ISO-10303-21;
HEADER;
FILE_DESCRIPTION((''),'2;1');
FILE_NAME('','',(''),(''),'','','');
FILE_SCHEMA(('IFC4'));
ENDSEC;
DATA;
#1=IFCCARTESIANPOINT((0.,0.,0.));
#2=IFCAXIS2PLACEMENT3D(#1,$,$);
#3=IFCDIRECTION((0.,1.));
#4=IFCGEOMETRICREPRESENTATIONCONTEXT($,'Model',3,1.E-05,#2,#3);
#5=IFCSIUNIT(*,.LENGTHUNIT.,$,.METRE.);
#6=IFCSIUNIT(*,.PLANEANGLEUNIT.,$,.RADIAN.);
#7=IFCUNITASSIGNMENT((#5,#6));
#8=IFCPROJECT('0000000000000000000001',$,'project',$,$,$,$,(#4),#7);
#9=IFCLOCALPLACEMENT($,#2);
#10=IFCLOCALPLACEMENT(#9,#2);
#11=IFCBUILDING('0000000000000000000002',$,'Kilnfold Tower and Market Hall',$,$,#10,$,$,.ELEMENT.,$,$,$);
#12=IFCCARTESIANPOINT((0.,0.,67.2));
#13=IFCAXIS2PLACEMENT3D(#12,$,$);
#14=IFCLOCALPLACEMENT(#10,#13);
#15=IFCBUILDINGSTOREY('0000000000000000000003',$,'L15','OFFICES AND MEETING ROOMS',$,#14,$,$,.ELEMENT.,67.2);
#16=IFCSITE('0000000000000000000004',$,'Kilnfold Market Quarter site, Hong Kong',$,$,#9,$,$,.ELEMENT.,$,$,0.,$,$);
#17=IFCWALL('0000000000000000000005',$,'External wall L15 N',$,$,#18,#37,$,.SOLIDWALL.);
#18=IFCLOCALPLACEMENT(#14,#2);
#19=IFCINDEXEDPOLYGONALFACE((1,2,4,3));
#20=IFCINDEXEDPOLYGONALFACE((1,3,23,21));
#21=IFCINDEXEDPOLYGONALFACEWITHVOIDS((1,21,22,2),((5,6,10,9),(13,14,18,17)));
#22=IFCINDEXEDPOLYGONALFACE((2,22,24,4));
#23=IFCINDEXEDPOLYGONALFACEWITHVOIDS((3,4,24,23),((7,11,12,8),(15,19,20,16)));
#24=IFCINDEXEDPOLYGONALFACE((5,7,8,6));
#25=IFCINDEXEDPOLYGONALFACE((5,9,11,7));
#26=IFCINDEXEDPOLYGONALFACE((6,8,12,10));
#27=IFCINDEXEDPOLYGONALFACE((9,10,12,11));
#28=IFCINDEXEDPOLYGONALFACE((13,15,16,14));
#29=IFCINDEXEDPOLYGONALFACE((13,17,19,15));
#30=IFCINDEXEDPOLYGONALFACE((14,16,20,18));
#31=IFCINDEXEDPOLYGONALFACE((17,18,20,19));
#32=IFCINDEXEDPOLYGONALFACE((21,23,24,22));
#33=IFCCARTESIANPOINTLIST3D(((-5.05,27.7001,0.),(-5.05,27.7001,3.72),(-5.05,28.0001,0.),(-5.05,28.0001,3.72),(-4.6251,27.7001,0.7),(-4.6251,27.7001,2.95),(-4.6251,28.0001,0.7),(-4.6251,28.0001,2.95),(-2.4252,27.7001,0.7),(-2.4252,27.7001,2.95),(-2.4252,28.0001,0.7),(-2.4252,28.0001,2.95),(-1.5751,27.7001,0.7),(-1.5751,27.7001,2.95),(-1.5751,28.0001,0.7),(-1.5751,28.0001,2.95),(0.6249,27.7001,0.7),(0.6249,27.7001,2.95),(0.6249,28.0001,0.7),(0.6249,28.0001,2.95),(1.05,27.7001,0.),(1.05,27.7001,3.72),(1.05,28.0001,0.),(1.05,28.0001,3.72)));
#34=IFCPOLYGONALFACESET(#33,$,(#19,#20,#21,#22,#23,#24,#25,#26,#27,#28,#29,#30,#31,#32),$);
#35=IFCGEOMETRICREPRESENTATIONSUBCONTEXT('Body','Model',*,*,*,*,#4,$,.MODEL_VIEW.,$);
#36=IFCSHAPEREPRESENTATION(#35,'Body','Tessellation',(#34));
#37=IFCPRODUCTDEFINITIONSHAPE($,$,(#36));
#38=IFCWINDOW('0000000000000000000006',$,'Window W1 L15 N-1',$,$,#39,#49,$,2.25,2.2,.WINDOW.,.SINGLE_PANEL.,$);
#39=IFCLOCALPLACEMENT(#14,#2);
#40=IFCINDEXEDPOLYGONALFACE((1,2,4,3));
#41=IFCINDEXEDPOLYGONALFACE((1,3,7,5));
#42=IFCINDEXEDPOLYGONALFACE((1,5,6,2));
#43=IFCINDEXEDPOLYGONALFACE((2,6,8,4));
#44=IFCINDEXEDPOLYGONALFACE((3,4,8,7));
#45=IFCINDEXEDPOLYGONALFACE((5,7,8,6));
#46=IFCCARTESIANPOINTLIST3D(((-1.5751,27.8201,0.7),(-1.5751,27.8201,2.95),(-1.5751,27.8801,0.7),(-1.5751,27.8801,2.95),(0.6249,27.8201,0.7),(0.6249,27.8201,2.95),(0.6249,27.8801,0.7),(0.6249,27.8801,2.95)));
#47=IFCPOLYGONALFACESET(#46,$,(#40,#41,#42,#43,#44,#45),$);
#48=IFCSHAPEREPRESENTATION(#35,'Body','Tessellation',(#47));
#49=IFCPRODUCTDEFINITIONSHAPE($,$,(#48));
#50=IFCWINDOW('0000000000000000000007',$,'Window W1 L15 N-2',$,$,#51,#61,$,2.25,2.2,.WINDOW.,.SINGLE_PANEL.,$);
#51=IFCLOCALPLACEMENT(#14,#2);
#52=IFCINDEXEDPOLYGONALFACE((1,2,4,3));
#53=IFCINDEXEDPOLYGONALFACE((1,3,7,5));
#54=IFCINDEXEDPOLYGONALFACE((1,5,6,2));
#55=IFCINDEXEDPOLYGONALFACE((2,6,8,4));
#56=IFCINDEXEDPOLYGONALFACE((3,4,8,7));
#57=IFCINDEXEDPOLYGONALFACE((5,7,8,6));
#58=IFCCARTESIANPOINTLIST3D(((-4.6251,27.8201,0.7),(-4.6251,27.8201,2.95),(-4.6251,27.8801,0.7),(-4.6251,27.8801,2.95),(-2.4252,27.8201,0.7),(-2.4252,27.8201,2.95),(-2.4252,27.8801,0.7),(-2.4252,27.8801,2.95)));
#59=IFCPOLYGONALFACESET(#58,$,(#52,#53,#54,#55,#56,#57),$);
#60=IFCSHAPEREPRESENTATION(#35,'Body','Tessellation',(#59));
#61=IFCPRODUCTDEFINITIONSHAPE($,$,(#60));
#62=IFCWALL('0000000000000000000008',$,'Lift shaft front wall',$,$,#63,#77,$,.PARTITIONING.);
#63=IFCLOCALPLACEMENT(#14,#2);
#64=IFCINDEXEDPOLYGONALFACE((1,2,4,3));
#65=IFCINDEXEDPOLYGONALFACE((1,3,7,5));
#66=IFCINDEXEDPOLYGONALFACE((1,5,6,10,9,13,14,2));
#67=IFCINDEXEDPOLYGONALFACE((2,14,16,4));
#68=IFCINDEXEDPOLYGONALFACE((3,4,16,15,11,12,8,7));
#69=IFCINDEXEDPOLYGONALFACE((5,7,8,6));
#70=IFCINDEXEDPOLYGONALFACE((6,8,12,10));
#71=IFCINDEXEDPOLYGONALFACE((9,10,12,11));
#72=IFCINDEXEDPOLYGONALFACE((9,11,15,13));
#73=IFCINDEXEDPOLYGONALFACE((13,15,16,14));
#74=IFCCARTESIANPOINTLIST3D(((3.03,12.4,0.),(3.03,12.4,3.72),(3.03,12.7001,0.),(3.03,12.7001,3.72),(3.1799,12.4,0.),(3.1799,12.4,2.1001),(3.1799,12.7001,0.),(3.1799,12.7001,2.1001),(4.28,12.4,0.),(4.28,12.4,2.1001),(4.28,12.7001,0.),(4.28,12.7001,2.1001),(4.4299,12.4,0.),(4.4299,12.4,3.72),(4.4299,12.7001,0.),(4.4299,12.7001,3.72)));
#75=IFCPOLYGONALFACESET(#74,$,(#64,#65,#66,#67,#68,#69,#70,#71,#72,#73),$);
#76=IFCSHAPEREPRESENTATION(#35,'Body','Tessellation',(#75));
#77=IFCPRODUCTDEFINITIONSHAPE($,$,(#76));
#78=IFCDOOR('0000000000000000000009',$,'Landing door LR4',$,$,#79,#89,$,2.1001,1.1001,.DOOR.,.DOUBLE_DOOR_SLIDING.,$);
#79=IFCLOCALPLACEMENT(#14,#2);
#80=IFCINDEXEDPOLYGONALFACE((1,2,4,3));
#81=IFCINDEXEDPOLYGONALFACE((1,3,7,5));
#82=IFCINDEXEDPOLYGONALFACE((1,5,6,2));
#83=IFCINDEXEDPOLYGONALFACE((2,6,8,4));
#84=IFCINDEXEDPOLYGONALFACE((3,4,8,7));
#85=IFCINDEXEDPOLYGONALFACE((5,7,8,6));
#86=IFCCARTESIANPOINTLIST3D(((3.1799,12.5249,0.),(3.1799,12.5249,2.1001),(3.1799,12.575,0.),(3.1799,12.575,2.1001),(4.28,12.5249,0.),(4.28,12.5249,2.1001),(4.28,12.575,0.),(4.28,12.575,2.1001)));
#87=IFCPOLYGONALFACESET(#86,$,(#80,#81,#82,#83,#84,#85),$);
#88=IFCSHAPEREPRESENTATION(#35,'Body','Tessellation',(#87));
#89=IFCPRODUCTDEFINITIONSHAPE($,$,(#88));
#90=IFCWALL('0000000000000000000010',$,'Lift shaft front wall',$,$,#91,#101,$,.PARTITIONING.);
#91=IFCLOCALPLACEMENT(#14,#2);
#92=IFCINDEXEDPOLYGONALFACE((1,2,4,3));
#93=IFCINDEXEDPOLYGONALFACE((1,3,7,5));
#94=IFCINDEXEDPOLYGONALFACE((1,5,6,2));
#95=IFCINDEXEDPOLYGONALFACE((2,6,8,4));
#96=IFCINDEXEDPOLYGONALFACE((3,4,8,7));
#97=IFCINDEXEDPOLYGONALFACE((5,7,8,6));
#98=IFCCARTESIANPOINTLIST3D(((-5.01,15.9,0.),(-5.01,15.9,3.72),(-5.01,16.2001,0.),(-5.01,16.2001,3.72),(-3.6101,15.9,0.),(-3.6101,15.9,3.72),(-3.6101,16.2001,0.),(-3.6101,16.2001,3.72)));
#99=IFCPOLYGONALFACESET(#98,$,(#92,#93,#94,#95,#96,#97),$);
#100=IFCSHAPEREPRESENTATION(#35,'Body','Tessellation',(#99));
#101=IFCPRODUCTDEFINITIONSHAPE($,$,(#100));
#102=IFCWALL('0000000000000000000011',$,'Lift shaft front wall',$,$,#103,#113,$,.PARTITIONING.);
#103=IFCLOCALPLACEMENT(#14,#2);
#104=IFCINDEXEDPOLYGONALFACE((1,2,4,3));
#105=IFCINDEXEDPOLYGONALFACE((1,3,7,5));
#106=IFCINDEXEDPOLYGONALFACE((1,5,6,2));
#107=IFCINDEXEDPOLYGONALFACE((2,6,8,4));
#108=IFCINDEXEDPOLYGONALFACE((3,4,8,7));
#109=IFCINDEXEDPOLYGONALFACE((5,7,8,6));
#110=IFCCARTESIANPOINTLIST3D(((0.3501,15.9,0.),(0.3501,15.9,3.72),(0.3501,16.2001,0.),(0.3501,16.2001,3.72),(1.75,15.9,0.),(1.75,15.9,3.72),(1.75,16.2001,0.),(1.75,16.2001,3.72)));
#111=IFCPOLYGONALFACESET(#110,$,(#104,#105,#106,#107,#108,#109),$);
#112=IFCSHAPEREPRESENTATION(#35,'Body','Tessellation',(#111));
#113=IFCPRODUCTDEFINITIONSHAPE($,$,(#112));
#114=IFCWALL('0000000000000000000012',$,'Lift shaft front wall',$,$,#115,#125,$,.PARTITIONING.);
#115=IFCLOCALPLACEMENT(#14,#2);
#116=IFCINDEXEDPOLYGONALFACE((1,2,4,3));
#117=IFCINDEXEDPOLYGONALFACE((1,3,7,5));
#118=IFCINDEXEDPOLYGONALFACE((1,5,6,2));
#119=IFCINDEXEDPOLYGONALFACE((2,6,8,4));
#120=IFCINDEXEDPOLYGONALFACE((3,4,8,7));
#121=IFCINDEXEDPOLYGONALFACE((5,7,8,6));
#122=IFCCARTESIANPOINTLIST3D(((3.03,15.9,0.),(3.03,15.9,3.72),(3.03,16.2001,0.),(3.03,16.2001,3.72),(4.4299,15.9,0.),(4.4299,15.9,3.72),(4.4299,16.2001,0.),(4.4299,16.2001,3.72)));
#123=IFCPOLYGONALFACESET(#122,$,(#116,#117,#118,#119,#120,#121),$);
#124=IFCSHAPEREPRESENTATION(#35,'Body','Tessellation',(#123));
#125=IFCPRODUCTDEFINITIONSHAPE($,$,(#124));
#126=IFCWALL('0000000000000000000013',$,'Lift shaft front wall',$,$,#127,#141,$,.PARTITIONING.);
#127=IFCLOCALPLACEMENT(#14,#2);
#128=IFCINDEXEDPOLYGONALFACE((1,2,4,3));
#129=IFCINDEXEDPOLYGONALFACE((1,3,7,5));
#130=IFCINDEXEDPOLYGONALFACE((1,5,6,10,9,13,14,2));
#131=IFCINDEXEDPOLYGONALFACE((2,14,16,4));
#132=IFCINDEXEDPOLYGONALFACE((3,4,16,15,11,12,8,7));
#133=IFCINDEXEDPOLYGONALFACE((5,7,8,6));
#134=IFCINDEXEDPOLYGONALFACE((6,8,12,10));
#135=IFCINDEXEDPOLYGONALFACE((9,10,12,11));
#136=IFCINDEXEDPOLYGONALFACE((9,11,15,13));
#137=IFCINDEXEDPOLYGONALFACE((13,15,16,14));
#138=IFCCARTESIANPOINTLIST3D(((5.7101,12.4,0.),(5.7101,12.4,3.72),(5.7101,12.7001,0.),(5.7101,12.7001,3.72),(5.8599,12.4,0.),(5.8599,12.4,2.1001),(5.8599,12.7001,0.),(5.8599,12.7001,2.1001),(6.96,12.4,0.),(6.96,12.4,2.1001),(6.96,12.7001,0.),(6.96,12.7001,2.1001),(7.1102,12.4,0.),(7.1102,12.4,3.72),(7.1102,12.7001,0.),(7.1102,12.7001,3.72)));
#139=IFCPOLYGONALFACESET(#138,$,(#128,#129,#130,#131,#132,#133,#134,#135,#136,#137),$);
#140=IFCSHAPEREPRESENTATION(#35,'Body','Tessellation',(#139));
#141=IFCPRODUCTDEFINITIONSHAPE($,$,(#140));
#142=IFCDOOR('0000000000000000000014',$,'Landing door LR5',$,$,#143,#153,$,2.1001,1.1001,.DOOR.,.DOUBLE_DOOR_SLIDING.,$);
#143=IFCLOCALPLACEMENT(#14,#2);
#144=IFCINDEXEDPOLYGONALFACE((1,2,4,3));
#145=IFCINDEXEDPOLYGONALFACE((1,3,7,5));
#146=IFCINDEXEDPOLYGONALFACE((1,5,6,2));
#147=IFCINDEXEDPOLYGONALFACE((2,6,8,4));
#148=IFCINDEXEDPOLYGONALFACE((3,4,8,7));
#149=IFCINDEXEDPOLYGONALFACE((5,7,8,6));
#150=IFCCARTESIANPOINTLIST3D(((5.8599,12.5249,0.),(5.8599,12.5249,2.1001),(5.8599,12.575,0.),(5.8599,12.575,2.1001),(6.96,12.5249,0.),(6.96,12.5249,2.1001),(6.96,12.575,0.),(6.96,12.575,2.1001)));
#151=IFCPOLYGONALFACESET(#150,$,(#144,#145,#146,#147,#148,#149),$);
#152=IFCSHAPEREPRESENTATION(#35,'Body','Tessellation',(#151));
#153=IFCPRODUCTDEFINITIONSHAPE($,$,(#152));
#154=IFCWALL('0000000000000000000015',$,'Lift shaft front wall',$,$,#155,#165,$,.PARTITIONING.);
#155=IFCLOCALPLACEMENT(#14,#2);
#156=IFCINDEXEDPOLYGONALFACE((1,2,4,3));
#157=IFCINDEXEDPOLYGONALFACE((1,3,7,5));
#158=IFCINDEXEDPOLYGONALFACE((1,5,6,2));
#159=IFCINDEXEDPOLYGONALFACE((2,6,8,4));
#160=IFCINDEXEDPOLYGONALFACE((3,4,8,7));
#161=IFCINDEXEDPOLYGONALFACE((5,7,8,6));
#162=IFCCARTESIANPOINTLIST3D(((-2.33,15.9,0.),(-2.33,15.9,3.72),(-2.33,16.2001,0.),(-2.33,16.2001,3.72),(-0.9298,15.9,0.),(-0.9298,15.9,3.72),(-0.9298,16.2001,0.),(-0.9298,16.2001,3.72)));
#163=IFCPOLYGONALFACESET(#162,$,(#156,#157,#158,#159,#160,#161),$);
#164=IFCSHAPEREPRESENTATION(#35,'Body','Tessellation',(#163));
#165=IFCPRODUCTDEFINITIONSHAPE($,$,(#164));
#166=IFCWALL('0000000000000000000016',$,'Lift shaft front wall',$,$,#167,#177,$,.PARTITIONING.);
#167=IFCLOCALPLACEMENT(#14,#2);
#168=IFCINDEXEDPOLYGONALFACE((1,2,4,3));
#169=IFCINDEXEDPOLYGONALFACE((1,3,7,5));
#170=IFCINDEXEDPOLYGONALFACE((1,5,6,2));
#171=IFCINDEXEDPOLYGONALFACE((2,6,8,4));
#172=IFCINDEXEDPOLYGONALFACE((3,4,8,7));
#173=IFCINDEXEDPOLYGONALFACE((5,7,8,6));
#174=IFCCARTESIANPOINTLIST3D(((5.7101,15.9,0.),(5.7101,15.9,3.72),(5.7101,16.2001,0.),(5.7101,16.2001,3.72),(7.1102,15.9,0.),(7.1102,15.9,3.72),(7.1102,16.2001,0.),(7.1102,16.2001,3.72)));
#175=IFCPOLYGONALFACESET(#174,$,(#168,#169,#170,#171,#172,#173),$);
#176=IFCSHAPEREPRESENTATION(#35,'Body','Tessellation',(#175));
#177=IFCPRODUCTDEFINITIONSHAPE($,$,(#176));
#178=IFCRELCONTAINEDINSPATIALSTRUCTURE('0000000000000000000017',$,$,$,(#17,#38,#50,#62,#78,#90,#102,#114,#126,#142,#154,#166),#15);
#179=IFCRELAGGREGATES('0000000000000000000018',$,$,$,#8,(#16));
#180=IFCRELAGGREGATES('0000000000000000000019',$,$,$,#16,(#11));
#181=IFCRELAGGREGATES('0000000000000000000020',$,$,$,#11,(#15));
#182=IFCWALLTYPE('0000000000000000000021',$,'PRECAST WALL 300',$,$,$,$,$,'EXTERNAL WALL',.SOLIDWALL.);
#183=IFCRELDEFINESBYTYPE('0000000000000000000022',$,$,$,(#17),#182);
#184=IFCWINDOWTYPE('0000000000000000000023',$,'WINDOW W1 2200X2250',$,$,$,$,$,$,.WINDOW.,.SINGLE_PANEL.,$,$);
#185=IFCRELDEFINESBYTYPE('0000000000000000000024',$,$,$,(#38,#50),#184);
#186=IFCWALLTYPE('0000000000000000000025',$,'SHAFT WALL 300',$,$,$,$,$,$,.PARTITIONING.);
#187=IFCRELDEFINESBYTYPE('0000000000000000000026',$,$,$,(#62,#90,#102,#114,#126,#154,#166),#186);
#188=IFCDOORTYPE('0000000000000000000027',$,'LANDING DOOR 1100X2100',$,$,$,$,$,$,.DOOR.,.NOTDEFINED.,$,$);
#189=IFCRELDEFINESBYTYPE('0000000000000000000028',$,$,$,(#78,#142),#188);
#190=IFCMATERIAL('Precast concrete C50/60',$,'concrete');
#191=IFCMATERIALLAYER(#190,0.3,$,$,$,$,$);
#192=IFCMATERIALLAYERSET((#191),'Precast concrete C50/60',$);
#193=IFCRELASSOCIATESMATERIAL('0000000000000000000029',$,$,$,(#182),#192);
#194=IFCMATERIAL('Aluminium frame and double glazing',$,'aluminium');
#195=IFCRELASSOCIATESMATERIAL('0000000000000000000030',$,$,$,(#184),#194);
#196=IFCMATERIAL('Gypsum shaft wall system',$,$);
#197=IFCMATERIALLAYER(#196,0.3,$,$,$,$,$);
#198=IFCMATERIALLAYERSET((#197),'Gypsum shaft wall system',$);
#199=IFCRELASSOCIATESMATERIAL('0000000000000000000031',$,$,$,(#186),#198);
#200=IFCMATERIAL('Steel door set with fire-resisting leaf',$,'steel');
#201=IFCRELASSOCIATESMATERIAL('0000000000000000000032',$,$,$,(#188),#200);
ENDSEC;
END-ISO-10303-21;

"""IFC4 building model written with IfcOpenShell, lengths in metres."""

from ifc_helpers import new_model, si_unit, direction, frame, frame_2d, origin, place, context, subcontext, project, spatial, rectangle, extrude, source, transform, mapped, material, layer, layer_set, type_object, element, fill, save


model = new_model("IFC4")

# Units and contexts
model_context = context("Model", 3, precision=1e-05, world=origin(), true_north=direction((0.0, 1.0)))
body_context = subcontext(model_context, "Body", "Model", "MODEL_VIEW")
ifc_project = project(units=[si_unit("LENGTHUNIT", "METRE"), si_unit("PLANEANGLEUNIT", "RADIAN")], contexts=[model_context])

# Site, building, storey
site_placement = place(None, origin())
site = spatial("IfcSite", under=ifc_project, at=site_placement, Name="Kilnfold Market Quarter site, Hong Kong", CompositionType="ELEMENT", RefElevation=0.0)
building_placement = place(site_placement, origin())
building = spatial("IfcBuilding", under=site, at=building_placement, Name="Kilnfold Tower and Market Hall", CompositionType="ELEMENT")
storey_placement = place(building_placement, frame((0.0, 0.0, 67.2)))
storey = spatial("IfcBuildingStorey", under=building, at=storey_placement, Name="L15", Description="OFFICES AND MEETING ROOMS", CompositionType="ELEMENT", Elevation=67.2)

# Wall, openings, windows
ifc_material_1 = material(Name="Precast concrete C50/60", Category="concrete")
ifc_layer_1 = layer(ifc_material_1, 0.3)
ifc_layer_set_1 = layer_set([ifc_layer_1], Name="Precast concrete C50/60")
wall_type_1 = type_object("IfcWallType", Name="PRECAST WALL 300", ElementType="EXTERNAL WALL", PredefinedType="SOLIDWALL", material=ifc_layer_set_1)
shared_shape_1 = source(origin(), body_context, "Body", "SweptSolid", [
    extrude(rectangle(XDim=6.1001, YDim=0.3, at=frame_2d((3.05, 0.0))), origin(), (0.0, 0.0, 1.0), 3.72),
])
wall_1_placement = place(storey_placement, frame((1.05, 27.8501, 0.0), z_axis=(0.0, 0.0, 1.0), x_axis=(-1.0, 0.0, 0.0)))
wall_1 = element("IfcWall", 1, at=wall_1_placement, inside=storey, type_object=wall_type_1, Name="External wall L15 N", PredefinedType="SOLIDWALL", context=body_context, shape_type="MappedRepresentation", body=[
    mapped(shared_shape_1, transform((0.0, 0.0, 0.0))),
])
opening_1_placement = place(wall_1_placement, frame((0.425, 0.0, 0.7)))
opening_1 = element("IfcOpeningElement", 2, at=opening_1_placement, cuts=wall_1, PredefinedType="OPENING", context=body_context, shape_type="SweptSolid", body=[
    extrude(rectangle(XDim=2.2, YDim=2.25, at=frame_2d((1.1001, 1.125))), frame((0.0, 0.1602, 0.0), z_axis=(0.0, -1.0, 0.0), x_axis=(1.0, 0.0, 0.0)), (0.0, 0.0, 1.0), 0.3201),
])
opening_2_placement = place(wall_1_placement, frame((3.4751, 0.0, 0.7)))
opening_2 = element("IfcOpeningElement", 3, at=opening_2_placement, cuts=wall_1, PredefinedType="OPENING", context=body_context, shape_type="SweptSolid", body=[
    extrude(rectangle(XDim=2.2, YDim=2.25, at=frame_2d((1.1001, 1.125))), frame((0.0, 0.1602, 0.0), z_axis=(0.0, -1.0, 0.0), x_axis=(1.0, 0.0, 0.0)), (0.0, 0.0, 1.0), 0.3201),
])
ifc_material_2 = material(Name="Aluminium frame and double glazing", Category="aluminium")
window_type = type_object("IfcWindowType", Name="WINDOW W1 2200X2250", PartitioningType="SINGLE_PANEL", PredefinedType="WINDOW", material=ifc_material_2)
window_1_placement = place(opening_1_placement, origin())
window_1 = element("IfcWindow", 4, at=window_1_placement, inside=storey, type_object=window_type, Name="Window W1 L15 N-1", OverallHeight=2.25, OverallWidth=2.2, PartitioningType="SINGLE_PANEL", PredefinedType="WINDOW", context=body_context, shape_type="SweptSolid", body=[
    extrude(rectangle(XDim=2.2, YDim=2.25, at=frame_2d((1.1001, 1.125))), frame((0.0, 0.03, 0.0), z_axis=(0.0, -1.0, 0.0), x_axis=(1.0, 0.0, 0.0)), (0.0, 0.0, 1.0), 0.0601),
])
fill(opening_1, window_1)
window_2_placement = place(opening_2_placement, origin())
window_2 = element("IfcWindow", 5, at=window_2_placement, inside=storey, type_object=window_type, Name="Window W1 L15 N-2", OverallHeight=2.25, OverallWidth=2.2, PartitioningType="SINGLE_PANEL", PredefinedType="WINDOW", context=body_context, shape_type="SweptSolid", body=[
    extrude(rectangle(XDim=2.2, YDim=2.25, at=frame_2d((1.1001, 1.125))), frame((0.0, 0.03, 0.0), z_axis=(0.0, -1.0, 0.0), x_axis=(1.0, 0.0, 0.0)), (0.0, 0.0, 1.0), 0.0601),
])
fill(opening_2, window_2)

# Wall, opening, door
ifc_material_3 = material(Name="Gypsum shaft wall system")
ifc_layer_2 = layer(ifc_material_3, 0.3)
ifc_layer_set_2 = layer_set([ifc_layer_2], Name="Gypsum shaft wall system")
wall_type_2 = type_object("IfcWallType", Name="SHAFT WALL 300", PredefinedType="PARTITIONING", material=ifc_layer_set_2)
shared_shape_2 = source(origin(), body_context, "Body", "SweptSolid", [
    extrude(rectangle(XDim=1.3999, YDim=0.3, at=frame_2d((0.7, 0.0))), origin(), (0.0, 0.0, 1.0), 3.72),
])
wall_2_placement = place(storey_placement, frame((3.03, 12.55, 0.0), z_axis=(0.0, 0.0, 1.0), x_axis=(1.0, 0.0, 0.0)))
wall_2 = element("IfcWall", 6, at=wall_2_placement, inside=storey, type_object=wall_type_2, Name="Lift shaft front wall", PredefinedType="PARTITIONING", context=body_context, shape_type="MappedRepresentation", body=[
    mapped(shared_shape_2, transform((0.0, 0.0, 0.0))),
])
opening_3_placement = place(wall_2_placement, frame((0.1499, 0.0, 0.0)))
opening_3 = element("IfcOpeningElement", 7, at=opening_3_placement, cuts=wall_2, PredefinedType="OPENING", context=body_context, shape_type="SweptSolid", body=[
    extrude(rectangle(XDim=1.1001, YDim=2.1001, at=frame_2d((0.55, 1.05))), frame((0.0, 0.1602, 0.0), z_axis=(0.0, -1.0, 0.0), x_axis=(1.0, 0.0, 0.0)), (0.0, 0.0, 1.0), 0.3201),
])
ifc_material_4 = material(Name="Steel door set with fire-resisting leaf", Category="steel")
door_type_1 = type_object("IfcDoorType", Name="LANDING DOOR 1100X2100", OperationType="NOTDEFINED", PredefinedType="DOOR", material=ifc_material_4)
door_1_placement = place(opening_3_placement, origin())
door_1 = element("IfcDoor", 8, at=door_1_placement, inside=storey, type_object=door_type_1, Name="Landing door LR4", OperationType="DOUBLE_DOOR_SLIDING", OverallHeight=2.1001, OverallWidth=1.1001, PredefinedType="DOOR", context=body_context, shape_type="SweptSolid", body=[
    extrude(rectangle(XDim=1.1001, YDim=2.1001, at=frame_2d((0.55, 1.05))), frame((0.0, 0.0249, 0.0), z_axis=(0.0, -1.0, 0.0), x_axis=(1.0, 0.0, 0.0)), (0.0, 0.0, 1.0), 0.05),
])
fill(opening_3, door_1)

# Walls
for number, where, z_axis, x_axis, name in (
    (9, (-5.01, 16.05, 0.0), (0.0, 0.0, 1.0), (1.0, 0.0, 0.0), "Lift shaft front wall"),
    (10, (0.3501, 16.05, 0.0), (0.0, 0.0, 1.0), (1.0, 0.0, 0.0), "Lift shaft front wall"),
    (11, (3.03, 16.05, 0.0), (0.0, 0.0, 1.0), (1.0, 0.0, 0.0), "Lift shaft front wall"),
):
    element("IfcWall", number, at=place(storey_placement, frame(where, z_axis=z_axis, x_axis=x_axis)), inside=storey, type_object=wall_type_2, Name=name, PredefinedType="PARTITIONING", context=body_context, shape_type="MappedRepresentation", body=[
        mapped(shared_shape_2, transform((0.0, 0.0, 0.0))),
    ])

# Wall, opening, door
shared_shape_3 = source(origin(), body_context, "Body", "SweptSolid", [
    extrude(rectangle(XDim=1.4001, YDim=0.3, at=frame_2d((0.7002, 0.0))), origin(), (0.0, 0.0, 1.0), 3.72),
])
wall_3_placement = place(storey_placement, frame((5.71, 12.55, 0.0), z_axis=(0.0, 0.0, 1.0), x_axis=(1.0, 0.0, 0.0)))
wall_3 = element("IfcWall", 12, at=wall_3_placement, inside=storey, type_object=wall_type_2, Name="Lift shaft front wall", PredefinedType="PARTITIONING", context=body_context, shape_type="MappedRepresentation", body=[
    mapped(shared_shape_3, transform((0.0, 0.0, 0.0))),
])
opening_4_placement = place(wall_3_placement, frame((0.1499, 0.0, 0.0)))
opening_4 = element("IfcOpeningElement", 13, at=opening_4_placement, cuts=wall_3, PredefinedType="OPENING", context=body_context, shape_type="SweptSolid", body=[
    extrude(rectangle(XDim=1.1001, YDim=2.1001, at=frame_2d((0.55, 1.05))), frame((0.0, 0.1602, 0.0), z_axis=(0.0, -1.0, 0.0), x_axis=(1.0, 0.0, 0.0)), (0.0, 0.0, 1.0), 0.3201),
])
door_2_placement = place(opening_4_placement, origin())
door_2 = element("IfcDoor", 14, at=door_2_placement, inside=storey, type_object=door_type_1, Name="Landing door LR5", OperationType="DOUBLE_DOOR_SLIDING", OverallHeight=2.1001, OverallWidth=1.1001, PredefinedType="DOOR", context=body_context, shape_type="SweptSolid", body=[
    extrude(rectangle(XDim=1.1001, YDim=2.1001, at=frame_2d((0.55, 1.05))), frame((0.0, 0.0249, 0.0), z_axis=(0.0, -1.0, 0.0), x_axis=(1.0, 0.0, 0.0)), (0.0, 0.0, 1.0), 0.05),
])
fill(opening_4, door_2)

# Walls
for number, where, z_axis, x_axis, name in (
    (15, (-2.3301, 16.05, 0.0), (0.0, 0.0, 1.0), (1.0, 0.0, 0.0), "Lift shaft front wall"),
    (16, (5.71, 16.05, 0.0), (0.0, 0.0, 1.0), (1.0, 0.0, 0.0), "Lift shaft front wall"),
):
    element("IfcWall", number, at=place(storey_placement, frame(where, z_axis=z_axis, x_axis=x_axis)), inside=storey, type_object=wall_type_2, Name=name, PredefinedType="PARTITIONING", context=body_context, shape_type="MappedRepresentation", body=[
        mapped(shared_shape_3, transform((0.0, 0.0, 0.0))),
    ])

save(model, "model.ifc")
